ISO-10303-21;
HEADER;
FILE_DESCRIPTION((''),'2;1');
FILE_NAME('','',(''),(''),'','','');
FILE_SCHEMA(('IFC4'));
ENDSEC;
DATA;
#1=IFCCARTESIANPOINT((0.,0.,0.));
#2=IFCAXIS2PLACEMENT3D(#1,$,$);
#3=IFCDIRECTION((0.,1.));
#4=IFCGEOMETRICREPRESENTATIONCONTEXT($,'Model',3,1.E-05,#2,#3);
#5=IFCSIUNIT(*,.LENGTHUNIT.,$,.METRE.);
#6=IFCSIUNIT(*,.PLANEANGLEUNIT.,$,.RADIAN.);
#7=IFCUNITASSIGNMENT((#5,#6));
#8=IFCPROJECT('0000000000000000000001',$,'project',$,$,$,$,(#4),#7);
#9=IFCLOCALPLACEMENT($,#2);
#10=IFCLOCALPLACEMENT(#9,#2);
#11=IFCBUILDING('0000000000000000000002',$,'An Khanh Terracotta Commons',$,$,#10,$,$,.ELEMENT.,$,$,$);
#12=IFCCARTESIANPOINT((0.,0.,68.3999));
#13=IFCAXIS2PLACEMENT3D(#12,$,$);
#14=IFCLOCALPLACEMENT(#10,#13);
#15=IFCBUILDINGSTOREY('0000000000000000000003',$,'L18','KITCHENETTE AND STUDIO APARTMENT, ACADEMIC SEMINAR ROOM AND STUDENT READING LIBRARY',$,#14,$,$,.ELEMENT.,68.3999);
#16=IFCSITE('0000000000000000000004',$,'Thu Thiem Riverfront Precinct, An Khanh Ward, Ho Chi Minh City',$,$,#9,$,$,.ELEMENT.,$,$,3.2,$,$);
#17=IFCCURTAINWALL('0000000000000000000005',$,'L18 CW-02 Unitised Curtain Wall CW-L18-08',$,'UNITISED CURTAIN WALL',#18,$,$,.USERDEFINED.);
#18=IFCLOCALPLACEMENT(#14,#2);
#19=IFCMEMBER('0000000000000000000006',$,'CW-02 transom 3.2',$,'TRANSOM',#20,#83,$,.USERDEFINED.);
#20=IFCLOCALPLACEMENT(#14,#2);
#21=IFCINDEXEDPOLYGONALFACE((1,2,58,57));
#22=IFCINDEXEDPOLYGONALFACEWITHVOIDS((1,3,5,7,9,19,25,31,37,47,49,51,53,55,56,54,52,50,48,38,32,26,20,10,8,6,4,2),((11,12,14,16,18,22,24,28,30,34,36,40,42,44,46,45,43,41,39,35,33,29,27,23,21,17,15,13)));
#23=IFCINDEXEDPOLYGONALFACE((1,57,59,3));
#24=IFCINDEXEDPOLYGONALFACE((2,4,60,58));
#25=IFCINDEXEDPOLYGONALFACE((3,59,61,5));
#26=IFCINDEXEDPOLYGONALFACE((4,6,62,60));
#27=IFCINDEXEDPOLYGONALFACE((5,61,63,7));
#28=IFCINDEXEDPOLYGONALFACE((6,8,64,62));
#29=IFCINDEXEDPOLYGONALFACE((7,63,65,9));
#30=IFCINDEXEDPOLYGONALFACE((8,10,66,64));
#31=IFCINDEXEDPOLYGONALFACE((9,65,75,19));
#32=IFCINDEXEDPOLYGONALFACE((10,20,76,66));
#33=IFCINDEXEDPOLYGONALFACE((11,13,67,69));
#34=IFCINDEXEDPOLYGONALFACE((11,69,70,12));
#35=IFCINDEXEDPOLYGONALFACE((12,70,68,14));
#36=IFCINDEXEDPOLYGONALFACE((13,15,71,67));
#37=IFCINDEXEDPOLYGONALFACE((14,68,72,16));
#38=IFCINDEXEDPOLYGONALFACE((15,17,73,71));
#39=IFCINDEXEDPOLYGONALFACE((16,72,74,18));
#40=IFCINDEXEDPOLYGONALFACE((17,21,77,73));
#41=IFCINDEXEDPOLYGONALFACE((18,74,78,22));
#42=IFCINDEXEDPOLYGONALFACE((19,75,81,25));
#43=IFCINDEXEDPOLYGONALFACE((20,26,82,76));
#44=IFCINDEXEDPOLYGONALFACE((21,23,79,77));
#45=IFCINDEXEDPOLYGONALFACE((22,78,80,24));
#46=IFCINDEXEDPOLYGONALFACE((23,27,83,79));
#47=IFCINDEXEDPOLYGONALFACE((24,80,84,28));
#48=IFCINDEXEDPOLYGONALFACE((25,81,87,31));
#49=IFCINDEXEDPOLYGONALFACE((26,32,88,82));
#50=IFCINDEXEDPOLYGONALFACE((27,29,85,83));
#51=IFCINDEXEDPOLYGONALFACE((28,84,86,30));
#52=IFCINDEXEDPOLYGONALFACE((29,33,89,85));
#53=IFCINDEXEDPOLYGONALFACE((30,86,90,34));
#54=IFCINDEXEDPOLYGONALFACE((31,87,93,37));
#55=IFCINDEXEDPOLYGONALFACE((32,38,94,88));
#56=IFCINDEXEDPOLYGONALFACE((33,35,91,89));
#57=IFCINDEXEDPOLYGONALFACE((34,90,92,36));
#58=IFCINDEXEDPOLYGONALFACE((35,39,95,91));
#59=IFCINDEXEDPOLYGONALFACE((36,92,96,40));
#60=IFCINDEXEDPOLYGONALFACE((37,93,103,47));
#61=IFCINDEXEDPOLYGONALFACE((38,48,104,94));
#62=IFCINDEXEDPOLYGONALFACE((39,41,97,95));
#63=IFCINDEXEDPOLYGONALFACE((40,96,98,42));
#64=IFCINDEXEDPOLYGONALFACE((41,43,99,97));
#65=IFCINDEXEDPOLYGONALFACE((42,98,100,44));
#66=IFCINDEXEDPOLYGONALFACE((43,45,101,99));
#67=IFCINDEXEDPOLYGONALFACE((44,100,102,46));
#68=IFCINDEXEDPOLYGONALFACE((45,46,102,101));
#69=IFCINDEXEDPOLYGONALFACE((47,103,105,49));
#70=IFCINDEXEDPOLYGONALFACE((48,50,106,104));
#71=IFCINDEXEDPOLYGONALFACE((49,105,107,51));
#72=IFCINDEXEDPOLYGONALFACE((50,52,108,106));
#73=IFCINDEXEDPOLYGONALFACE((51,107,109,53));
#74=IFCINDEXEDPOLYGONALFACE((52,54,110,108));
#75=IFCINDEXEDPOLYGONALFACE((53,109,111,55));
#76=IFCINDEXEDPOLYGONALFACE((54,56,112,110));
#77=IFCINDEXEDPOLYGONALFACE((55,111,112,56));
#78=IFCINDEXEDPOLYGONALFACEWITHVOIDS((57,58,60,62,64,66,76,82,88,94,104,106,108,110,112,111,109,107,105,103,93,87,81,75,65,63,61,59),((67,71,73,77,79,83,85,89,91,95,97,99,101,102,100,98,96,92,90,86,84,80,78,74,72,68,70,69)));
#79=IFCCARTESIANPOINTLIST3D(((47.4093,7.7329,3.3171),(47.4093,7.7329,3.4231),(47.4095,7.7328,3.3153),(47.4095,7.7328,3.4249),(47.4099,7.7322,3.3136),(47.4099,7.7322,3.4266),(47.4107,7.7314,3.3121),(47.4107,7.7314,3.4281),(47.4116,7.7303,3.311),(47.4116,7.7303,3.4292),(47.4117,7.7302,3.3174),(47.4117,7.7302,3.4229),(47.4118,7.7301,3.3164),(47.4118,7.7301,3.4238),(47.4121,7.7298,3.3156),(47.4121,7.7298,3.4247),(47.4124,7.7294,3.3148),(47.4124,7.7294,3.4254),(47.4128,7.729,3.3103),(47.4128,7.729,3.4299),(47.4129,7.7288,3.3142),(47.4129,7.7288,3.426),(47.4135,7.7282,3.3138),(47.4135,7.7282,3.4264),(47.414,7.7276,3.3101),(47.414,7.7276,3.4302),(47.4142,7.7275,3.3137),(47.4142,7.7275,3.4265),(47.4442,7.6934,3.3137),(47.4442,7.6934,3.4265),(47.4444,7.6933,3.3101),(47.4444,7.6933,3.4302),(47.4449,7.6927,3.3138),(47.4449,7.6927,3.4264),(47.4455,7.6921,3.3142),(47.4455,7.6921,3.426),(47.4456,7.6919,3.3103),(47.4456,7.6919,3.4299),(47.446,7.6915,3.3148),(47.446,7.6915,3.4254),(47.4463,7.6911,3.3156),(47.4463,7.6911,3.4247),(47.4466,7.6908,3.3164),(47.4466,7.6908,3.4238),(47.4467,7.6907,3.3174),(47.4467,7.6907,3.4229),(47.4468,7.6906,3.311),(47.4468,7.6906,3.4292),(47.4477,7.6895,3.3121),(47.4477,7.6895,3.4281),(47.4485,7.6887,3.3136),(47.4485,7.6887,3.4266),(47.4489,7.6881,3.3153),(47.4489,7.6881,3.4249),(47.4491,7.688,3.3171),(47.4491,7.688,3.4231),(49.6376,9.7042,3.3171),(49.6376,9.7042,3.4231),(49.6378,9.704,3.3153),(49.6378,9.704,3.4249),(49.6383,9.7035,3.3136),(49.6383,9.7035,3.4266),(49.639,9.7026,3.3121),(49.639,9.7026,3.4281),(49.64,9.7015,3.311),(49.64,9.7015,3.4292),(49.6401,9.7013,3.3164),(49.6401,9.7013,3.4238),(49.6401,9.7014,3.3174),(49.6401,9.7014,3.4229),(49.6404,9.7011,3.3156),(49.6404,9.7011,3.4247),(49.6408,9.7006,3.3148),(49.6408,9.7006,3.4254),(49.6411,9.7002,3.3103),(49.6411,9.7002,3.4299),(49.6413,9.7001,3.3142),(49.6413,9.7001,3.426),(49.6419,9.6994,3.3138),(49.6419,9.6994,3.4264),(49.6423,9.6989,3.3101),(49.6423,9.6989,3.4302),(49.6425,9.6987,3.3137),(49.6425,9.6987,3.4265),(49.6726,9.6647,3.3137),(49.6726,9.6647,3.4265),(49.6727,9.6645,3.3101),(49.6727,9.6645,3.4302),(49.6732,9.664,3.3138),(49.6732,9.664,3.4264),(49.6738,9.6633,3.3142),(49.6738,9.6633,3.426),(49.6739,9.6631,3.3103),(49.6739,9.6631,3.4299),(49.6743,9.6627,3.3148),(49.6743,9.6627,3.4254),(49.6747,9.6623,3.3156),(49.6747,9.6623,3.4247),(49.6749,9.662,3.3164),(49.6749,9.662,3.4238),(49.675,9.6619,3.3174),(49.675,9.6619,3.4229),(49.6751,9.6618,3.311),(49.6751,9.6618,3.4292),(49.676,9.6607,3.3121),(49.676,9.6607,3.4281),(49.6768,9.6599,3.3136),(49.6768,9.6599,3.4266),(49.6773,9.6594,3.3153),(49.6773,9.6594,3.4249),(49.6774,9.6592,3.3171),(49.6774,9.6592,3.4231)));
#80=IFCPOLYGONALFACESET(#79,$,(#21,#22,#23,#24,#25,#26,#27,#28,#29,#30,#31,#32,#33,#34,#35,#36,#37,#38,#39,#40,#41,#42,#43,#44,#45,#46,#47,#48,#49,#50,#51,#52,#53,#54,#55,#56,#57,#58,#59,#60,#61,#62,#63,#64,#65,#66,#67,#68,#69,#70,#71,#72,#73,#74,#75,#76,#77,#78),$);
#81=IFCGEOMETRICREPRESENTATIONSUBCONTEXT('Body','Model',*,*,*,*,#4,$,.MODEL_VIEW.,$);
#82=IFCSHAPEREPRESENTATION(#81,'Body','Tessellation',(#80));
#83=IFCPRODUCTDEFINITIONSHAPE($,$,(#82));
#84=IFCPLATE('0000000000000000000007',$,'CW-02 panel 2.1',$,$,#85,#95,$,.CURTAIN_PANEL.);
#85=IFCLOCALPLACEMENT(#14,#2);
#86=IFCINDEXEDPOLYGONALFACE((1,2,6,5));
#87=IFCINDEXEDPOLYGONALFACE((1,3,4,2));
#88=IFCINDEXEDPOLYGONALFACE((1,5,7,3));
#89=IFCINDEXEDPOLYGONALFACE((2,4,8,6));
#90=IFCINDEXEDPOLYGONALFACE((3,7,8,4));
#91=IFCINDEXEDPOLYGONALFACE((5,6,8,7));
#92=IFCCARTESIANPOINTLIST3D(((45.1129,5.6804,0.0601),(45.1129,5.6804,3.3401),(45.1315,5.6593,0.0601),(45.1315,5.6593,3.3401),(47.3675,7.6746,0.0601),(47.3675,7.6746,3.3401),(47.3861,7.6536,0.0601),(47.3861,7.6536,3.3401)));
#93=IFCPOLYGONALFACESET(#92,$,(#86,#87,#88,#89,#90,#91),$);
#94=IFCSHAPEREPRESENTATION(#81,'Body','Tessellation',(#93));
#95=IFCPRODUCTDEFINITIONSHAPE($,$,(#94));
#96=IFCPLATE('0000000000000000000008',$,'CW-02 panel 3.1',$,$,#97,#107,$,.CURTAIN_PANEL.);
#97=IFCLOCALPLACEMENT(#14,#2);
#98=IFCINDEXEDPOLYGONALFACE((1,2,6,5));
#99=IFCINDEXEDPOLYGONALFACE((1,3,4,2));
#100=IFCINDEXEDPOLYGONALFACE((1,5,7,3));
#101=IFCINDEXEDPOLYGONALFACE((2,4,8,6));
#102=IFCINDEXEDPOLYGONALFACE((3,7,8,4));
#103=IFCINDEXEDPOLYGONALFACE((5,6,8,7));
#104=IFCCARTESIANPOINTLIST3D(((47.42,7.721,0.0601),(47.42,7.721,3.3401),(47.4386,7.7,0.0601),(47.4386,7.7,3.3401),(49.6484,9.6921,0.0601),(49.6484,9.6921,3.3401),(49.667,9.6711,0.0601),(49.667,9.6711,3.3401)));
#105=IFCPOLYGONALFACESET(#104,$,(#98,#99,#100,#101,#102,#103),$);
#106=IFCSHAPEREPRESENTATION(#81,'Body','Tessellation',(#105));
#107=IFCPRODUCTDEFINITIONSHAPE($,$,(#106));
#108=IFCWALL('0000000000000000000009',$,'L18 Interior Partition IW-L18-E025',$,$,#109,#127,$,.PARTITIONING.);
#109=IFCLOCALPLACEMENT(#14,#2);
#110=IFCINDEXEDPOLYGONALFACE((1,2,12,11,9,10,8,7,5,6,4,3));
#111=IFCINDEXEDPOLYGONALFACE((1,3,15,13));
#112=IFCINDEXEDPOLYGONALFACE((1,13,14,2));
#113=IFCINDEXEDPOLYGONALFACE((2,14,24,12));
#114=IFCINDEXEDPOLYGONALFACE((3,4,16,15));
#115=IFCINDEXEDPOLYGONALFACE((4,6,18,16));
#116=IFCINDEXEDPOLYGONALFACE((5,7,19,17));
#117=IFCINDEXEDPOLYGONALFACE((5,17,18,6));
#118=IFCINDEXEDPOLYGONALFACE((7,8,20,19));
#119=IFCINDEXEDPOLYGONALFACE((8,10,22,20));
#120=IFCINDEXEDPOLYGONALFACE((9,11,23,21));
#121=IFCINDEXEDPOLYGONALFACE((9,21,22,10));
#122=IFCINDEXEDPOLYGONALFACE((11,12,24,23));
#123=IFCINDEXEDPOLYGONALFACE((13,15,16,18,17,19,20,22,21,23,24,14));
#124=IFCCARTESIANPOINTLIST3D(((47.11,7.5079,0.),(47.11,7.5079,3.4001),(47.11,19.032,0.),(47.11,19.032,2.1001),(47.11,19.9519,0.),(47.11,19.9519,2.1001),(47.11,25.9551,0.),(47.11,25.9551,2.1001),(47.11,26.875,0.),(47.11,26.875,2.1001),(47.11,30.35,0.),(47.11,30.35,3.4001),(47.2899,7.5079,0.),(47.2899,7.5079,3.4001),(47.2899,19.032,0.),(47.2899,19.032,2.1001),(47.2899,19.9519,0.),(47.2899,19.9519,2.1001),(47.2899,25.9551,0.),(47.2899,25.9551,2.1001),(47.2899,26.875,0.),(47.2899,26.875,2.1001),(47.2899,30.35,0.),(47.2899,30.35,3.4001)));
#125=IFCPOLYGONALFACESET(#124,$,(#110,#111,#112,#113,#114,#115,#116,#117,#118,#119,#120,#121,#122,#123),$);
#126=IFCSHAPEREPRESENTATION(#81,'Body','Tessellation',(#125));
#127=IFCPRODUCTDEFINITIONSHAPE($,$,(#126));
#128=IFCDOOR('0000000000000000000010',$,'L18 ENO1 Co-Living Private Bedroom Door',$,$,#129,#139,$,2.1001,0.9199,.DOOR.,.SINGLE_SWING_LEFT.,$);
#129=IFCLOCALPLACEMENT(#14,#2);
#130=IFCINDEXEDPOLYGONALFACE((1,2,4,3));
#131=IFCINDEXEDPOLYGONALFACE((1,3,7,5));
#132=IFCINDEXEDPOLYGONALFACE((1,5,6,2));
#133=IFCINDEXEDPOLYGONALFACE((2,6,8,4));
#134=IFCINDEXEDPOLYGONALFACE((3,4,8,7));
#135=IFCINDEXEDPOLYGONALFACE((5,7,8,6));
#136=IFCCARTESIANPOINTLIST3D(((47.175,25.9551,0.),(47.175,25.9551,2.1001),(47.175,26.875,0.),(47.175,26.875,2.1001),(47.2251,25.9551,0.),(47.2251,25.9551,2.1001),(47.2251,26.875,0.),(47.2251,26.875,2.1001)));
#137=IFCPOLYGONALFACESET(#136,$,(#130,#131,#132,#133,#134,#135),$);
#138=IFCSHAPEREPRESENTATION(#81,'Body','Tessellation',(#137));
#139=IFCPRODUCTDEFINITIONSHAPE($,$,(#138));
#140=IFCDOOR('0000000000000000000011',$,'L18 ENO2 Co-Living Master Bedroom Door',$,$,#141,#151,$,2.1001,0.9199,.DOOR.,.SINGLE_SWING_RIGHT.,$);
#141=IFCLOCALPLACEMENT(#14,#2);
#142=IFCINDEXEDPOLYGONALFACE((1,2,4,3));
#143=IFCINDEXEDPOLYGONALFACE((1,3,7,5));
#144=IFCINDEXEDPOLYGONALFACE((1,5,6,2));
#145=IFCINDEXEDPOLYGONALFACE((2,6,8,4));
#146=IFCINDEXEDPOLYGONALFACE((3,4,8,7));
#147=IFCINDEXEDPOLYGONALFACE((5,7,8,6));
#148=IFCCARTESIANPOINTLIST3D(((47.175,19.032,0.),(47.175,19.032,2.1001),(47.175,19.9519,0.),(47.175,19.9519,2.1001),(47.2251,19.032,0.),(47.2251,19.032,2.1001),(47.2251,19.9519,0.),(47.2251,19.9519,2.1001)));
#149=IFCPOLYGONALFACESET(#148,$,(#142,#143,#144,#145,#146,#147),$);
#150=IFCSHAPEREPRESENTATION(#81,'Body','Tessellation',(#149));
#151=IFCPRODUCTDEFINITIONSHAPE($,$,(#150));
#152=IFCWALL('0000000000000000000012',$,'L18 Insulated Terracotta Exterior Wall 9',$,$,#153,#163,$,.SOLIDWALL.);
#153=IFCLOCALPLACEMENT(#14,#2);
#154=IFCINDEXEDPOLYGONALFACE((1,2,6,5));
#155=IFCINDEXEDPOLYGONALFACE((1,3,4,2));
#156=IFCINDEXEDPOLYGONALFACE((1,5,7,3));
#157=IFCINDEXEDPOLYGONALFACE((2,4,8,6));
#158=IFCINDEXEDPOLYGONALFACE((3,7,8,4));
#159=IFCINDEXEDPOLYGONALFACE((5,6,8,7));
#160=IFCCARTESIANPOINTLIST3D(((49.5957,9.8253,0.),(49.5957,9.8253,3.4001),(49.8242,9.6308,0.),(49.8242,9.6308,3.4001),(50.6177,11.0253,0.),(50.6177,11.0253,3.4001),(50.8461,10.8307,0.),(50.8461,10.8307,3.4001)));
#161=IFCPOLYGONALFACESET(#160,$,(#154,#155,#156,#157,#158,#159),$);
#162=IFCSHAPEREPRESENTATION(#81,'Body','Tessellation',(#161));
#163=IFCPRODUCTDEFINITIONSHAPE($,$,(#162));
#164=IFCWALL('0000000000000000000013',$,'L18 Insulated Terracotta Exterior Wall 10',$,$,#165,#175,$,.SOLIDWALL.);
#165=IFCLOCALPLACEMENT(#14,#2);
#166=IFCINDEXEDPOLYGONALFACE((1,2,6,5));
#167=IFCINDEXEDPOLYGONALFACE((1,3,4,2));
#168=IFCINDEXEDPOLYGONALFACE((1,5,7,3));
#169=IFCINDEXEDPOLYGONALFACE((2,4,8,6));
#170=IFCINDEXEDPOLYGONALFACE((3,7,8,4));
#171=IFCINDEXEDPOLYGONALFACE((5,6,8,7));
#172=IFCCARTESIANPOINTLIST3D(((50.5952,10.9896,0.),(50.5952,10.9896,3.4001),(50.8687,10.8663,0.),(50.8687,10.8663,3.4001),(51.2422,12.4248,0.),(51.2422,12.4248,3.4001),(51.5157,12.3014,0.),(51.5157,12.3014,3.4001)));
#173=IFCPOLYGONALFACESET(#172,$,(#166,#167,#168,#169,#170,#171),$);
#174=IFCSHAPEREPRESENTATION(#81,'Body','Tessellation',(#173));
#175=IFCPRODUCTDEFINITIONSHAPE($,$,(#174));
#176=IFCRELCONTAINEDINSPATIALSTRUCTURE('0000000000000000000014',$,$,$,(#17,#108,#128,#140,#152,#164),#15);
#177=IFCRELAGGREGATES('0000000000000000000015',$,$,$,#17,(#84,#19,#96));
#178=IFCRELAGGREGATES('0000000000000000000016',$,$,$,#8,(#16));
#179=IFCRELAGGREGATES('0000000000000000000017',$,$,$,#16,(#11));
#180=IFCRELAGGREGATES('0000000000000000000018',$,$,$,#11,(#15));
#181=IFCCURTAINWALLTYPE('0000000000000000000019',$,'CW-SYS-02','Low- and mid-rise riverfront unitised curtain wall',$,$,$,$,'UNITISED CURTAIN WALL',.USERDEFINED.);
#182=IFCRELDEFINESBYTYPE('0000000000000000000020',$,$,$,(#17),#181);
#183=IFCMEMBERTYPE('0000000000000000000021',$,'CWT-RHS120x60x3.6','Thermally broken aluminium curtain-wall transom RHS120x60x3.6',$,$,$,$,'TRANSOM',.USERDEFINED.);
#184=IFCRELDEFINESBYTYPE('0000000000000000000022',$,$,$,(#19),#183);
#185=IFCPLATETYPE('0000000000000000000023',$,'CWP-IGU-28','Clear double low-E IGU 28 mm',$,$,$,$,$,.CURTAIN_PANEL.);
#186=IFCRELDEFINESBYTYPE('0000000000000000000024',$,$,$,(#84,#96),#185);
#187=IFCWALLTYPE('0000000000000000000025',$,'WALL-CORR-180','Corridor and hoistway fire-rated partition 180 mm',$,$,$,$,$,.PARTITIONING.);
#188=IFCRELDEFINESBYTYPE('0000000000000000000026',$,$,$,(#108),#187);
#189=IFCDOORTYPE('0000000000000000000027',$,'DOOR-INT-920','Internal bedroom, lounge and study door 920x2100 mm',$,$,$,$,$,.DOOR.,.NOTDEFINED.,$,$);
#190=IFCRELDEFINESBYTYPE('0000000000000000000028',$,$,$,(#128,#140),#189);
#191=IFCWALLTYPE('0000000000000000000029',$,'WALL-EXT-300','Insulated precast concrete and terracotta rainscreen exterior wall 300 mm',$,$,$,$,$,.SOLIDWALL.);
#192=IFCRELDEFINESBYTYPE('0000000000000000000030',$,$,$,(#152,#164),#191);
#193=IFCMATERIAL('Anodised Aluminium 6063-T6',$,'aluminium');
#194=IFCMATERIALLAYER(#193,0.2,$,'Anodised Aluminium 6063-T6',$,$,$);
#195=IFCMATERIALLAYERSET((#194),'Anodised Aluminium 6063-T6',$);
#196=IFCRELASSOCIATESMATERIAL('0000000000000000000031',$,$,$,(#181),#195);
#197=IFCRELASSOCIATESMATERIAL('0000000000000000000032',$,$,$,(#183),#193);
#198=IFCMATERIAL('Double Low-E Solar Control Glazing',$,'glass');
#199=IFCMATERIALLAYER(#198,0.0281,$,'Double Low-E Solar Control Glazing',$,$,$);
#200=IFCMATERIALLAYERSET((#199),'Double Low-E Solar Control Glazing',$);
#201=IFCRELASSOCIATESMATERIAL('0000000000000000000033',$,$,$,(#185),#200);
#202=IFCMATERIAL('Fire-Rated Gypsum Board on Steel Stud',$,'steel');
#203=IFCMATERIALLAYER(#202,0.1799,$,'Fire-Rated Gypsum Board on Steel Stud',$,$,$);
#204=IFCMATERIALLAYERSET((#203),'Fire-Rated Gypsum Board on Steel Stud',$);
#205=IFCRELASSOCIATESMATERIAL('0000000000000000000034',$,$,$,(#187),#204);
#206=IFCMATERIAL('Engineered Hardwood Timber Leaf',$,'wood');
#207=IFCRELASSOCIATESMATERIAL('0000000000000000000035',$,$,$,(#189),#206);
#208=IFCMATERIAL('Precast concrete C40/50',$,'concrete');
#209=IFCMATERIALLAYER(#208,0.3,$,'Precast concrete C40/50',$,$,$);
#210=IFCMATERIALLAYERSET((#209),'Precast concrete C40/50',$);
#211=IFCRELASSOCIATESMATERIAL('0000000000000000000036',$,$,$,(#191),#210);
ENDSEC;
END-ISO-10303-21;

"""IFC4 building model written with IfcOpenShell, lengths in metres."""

from ifc_helpers import new_model, si_unit, direction, frame, frame_2d, origin, origin_2d, place, context, subcontext, project, spatial, rectangle, hollow_rectangle, extrude, material, layer, layer_set, material_profile, profile_set, type_object, element, fill, aggregate, save


model = new_model("IFC4")

# Units and contexts
model_context = context("Model", 3, precision=1e-05, world=origin(), true_north=direction((0.0, 1.0)))
body_context = subcontext(model_context, "Body", "Model", "MODEL_VIEW")
ifc_project = project(units=[si_unit("LENGTHUNIT", "METRE"), si_unit("PLANEANGLEUNIT", "RADIAN")], contexts=[model_context])

# Site, building, storey
site_placement = place(None, origin())
site = spatial("IfcSite", under=ifc_project, at=site_placement, Name="Thu Thiem Riverfront Precinct, An Khanh Ward, Ho Chi Minh City", CompositionType="ELEMENT", RefElevation=3.2)
building_placement = place(site_placement, origin())
building = spatial("IfcBuilding", under=site, at=building_placement, Name="An Khanh Terracotta Commons", CompositionType="ELEMENT")
storey_placement = place(building_placement, frame((0.0, 0.0, 68.3999)))
storey = spatial("IfcBuildingStorey", under=building, at=storey_placement, Name="L18", Description="KITCHENETTE AND STUDIO APARTMENT, ACADEMIC SEMINAR ROOM AND STUDENT READING LIBRARY", CompositionType="ELEMENT", Elevation=68.3999)

# Curtain wall, member, plates
ifc_material_1 = material(Name="Anodised Aluminium 6063-T6", Category="aluminium")
ifc_layer_1 = layer(ifc_material_1, 0.2, Name="Anodised Aluminium 6063-T6")
ifc_layer_set_1 = layer_set([ifc_layer_1], Name="Anodised Aluminium 6063-T6")
curtain_wall_type = type_object("IfcCurtainWallType", Name="CW-SYS-02", Description="Low- and mid-rise riverfront unitised curtain wall", ElementType="UNITISED CURTAIN WALL", PredefinedType="USERDEFINED", material=ifc_layer_set_1)
curtain_wall_placement = place(storey_placement, origin())
curtain_wall = element("IfcCurtainWall", 1, at=curtain_wall_placement, inside=storey, type_object=curtain_wall_type, Name="L18 CW-02 Unitised Curtain Wall CW-L18-08", ObjectType="UNITISED CURTAIN WALL", PredefinedType="USERDEFINED")
ifc_material_profile_1 = material_profile(ifc_material_1, hollow_rectangle(XDim=0.0601, YDim=0.1201, WallThickness=0.0037, InnerFilletRadius=0.0037, OuterFilletRadius=0.0071, at=origin_2d()), Name="RHS120x60x3.6")
ifc_profile_set_1 = profile_set([ifc_material_profile_1], Name="Anodised Aluminium 6063-T6")
member_type_1 = type_object("IfcMemberType", Name="CWT-RHS120x60x3.6", Description="Thermally broken aluminium curtain-wall transom RHS120x60x3.6", ElementType="TRANSOM", PredefinedType="USERDEFINED", material=ifc_profile_set_1)
member_1_placement = place(storey_placement, frame((47.4292, 7.7104, 3.3701), z_axis=(0.748992, 0.662579, 0.0), x_axis=(-0.662579, 0.748992, 0.0)))
member_1 = element("IfcMember", 2, at=member_1_placement, type_object=member_type_1, Name="CW-02 transom 3.2", ObjectType="TRANSOM", PredefinedType="USERDEFINED", context=body_context, shape_type="SweptSolid", body=[
    extrude(hollow_rectangle(XDim=0.0601, YDim=0.1201, WallThickness=0.0037, InnerFilletRadius=0.0037, OuterFilletRadius=0.0071, at=origin_2d()), origin(), (0.0, 0.0, 1.0), 2.9751),
])
ifc_material_2 = material(Name="Double Low-E Solar Control Glazing", Category="glass")
ifc_layer_2 = layer(ifc_material_2, 0.0281, Name="Double Low-E Solar Control Glazing")
ifc_layer_set_2 = layer_set([ifc_layer_2], Name="Double Low-E Solar Control Glazing")
plate_type = type_object("IfcPlateType", Name="CWP-IGU-28", Description="Clear double low-E IGU 28 mm", PredefinedType="CURTAIN_PANEL", material=ifc_layer_set_2)
plate_1_placement = place(storey_placement, frame((46.2495, 6.667, 0.0601), z_axis=(0.0, 0.0, 1.0), x_axis=(0.749019, 0.662548, 0.0)))
plate_1 = element("IfcPlate", 3, at=plate_1_placement, type_object=plate_type, Name="CW-02 panel 2.1", PredefinedType="CURTAIN_PANEL", context=body_context, shape_type="SweptSolid", body=[
    extrude(rectangle(XDim=3.01, YDim=0.0281, at=origin_2d()), origin(), (0.0, 0.0, 1.0), 3.28),
])
plate_2_placement = place(storey_placement, frame((48.5435, 8.696, 0.0601), z_axis=(0.0, 0.0, 1.0), x_axis=(0.749019, 0.662548, 0.0)))
plate_2 = element("IfcPlate", 4, at=plate_2_placement, type_object=plate_type, Name="CW-02 panel 3.1", PredefinedType="CURTAIN_PANEL", context=body_context, shape_type="SweptSolid", body=[
    extrude(rectangle(XDim=2.9751, YDim=0.0281, at=origin_2d()), origin(), (0.0, 0.0, 1.0), 3.28),
])
aggregate(curtain_wall, [plate_1, member_1, plate_2])

# Wall, openings, doors
ifc_material_3 = material(Name="Fire-Rated Gypsum Board on Steel Stud", Category="steel")
ifc_layer_3 = layer(ifc_material_3, 0.1799, Name="Fire-Rated Gypsum Board on Steel Stud")
ifc_layer_set_3 = layer_set([ifc_layer_3], Name="Fire-Rated Gypsum Board on Steel Stud")
wall_type_1 = type_object("IfcWallType", Name="WALL-CORR-180", Description="Corridor and hoistway fire-rated partition 180 mm", PredefinedType="PARTITIONING", material=ifc_layer_set_3)
wall_1_placement = place(storey_placement, frame((47.2, 7.5081, 0.0), z_axis=(0.0, 0.0, 1.0), x_axis=(0.0, 1.0, 0.0)))
wall_1 = element("IfcWall", 5, at=wall_1_placement, inside=storey, type_object=wall_type_1, Name="L18 Interior Partition IW-L18-E025", PredefinedType="PARTITIONING", context=body_context, shape_type="SweptSolid", body=[
    extrude(rectangle(XDim=22.842, YDim=0.1799, at=frame_2d((11.4209, 0.0))), origin(), (0.0, 0.0, 1.0), 3.4001),
])
opening_1_placement = place(wall_1_placement, frame((18.447, 0.0, 0.0)))
opening_1 = element("IfcOpeningElement", 6, at=opening_1_placement, cuts=wall_1, PredefinedType="OPENING", context=body_context, shape_type="SweptSolid", body=[
    extrude(rectangle(XDim=0.9199, YDim=2.1001, at=frame_2d((0.46, 1.05))), frame((0.0, 0.0999, 0.0), z_axis=(0.0, -1.0, 0.0), x_axis=(1.0, 0.0, 0.0)), (0.0, 0.0, 1.0), 0.2),
])
opening_2_placement = place(wall_1_placement, frame((11.5239, 0.0, 0.0)))
opening_2 = element("IfcOpeningElement", 7, at=opening_2_placement, cuts=wall_1, PredefinedType="OPENING", context=body_context, shape_type="SweptSolid", body=[
    extrude(rectangle(XDim=0.9199, YDim=2.1001, at=frame_2d((0.46, 1.05))), frame((0.0, 0.0999, 0.0), z_axis=(0.0, -1.0, 0.0), x_axis=(1.0, 0.0, 0.0)), (0.0, 0.0, 1.0), 0.2),
])
ifc_material_4 = material(Name="Engineered Hardwood Timber Leaf", Category="wood")
door_type = type_object("IfcDoorType", Name="DOOR-INT-920", Description="Internal bedroom, lounge and study door 920x2100 mm", OperationType="NOTDEFINED", PredefinedType="DOOR", material=ifc_material_4)
door_1_placement = place(opening_1_placement, origin())
door_1 = element("IfcDoor", 8, at=door_1_placement, inside=storey, type_object=door_type, Name="L18 ENO1 Co-Living Private Bedroom Door", OperationType="SINGLE_SWING_LEFT", OverallHeight=2.1001, OverallWidth=0.9199, PredefinedType="DOOR", context=body_context, shape_type="SweptSolid", body=[
    extrude(rectangle(XDim=0.9199, YDim=2.1001, at=frame_2d((0.46, 1.05))), frame((0.0, 0.0249, 0.0), z_axis=(0.0, -1.0, 0.0), x_axis=(1.0, 0.0, 0.0)), (0.0, 0.0, 1.0), 0.05),
])
fill(opening_1, door_1)
door_2_placement = place(opening_2_placement, origin())
door_2 = element("IfcDoor", 9, at=door_2_placement, inside=storey, type_object=door_type, Name="L18 ENO2 Co-Living Master Bedroom Door", OperationType="SINGLE_SWING_RIGHT", OverallHeight=2.1001, OverallWidth=0.9199, PredefinedType="DOOR", context=body_context, shape_type="SweptSolid", body=[
    extrude(rectangle(XDim=0.9199, YDim=2.1001, at=frame_2d((0.46, 1.05))), frame((0.0, 0.0249, 0.0), z_axis=(0.0, -1.0, 0.0), x_axis=(1.0, 0.0, 0.0)), (0.0, 0.0, 1.0), 0.05),
])
fill(opening_2, door_2)

# Walls
ifc_material_5 = material(Name="Precast concrete C40/50", Category="concrete")
ifc_layer_4 = layer(ifc_material_5, 0.3, Name="Precast concrete C40/50")
ifc_layer_set_4 = layer_set([ifc_layer_4], Name="Precast concrete C40/50")
wall_type_2 = type_object("IfcWallType", Name="WALL-EXT-300", Description="Insulated precast concrete and terracotta rainscreen exterior wall 300 mm", PredefinedType="SOLIDWALL", material=ifc_layer_set_4)
wall_2_placement = place(storey_placement, frame((49.71, 9.728, 0.0), z_axis=(0.0, 0.0, 1.0), x_axis=(0.64839, 0.761308, 0.0)))
element("IfcWall", 10, at=wall_2_placement, inside=storey, type_object=wall_type_2, Name="L18 Insulated Terracotta Exterior Wall 9", PredefinedType="SOLIDWALL", context=body_context, shape_type="SweptSolid", body=[
    extrude(rectangle(XDim=1.5762, YDim=0.3, at=frame_2d((0.7881, 0.0))), origin(), (0.0, 0.0, 1.0), 3.4001),
])
wall_3_placement = place(storey_placement, frame((50.7319, 10.928, 0.0), z_axis=(0.0, 0.0, 1.0), x_axis=(0.410997, 0.911637, 0.0)))
element("IfcWall", 11, at=wall_3_placement, inside=storey, type_object=wall_type_2, Name="L18 Insulated Terracotta Exterior Wall 10", PredefinedType="SOLIDWALL", context=body_context, shape_type="SweptSolid", body=[
    extrude(rectangle(XDim=1.5742, YDim=0.3, at=frame_2d((0.7871, 0.0))), origin(), (0.0, 0.0, 1.0), 3.4001),
])

save(model, "model.ifc")
